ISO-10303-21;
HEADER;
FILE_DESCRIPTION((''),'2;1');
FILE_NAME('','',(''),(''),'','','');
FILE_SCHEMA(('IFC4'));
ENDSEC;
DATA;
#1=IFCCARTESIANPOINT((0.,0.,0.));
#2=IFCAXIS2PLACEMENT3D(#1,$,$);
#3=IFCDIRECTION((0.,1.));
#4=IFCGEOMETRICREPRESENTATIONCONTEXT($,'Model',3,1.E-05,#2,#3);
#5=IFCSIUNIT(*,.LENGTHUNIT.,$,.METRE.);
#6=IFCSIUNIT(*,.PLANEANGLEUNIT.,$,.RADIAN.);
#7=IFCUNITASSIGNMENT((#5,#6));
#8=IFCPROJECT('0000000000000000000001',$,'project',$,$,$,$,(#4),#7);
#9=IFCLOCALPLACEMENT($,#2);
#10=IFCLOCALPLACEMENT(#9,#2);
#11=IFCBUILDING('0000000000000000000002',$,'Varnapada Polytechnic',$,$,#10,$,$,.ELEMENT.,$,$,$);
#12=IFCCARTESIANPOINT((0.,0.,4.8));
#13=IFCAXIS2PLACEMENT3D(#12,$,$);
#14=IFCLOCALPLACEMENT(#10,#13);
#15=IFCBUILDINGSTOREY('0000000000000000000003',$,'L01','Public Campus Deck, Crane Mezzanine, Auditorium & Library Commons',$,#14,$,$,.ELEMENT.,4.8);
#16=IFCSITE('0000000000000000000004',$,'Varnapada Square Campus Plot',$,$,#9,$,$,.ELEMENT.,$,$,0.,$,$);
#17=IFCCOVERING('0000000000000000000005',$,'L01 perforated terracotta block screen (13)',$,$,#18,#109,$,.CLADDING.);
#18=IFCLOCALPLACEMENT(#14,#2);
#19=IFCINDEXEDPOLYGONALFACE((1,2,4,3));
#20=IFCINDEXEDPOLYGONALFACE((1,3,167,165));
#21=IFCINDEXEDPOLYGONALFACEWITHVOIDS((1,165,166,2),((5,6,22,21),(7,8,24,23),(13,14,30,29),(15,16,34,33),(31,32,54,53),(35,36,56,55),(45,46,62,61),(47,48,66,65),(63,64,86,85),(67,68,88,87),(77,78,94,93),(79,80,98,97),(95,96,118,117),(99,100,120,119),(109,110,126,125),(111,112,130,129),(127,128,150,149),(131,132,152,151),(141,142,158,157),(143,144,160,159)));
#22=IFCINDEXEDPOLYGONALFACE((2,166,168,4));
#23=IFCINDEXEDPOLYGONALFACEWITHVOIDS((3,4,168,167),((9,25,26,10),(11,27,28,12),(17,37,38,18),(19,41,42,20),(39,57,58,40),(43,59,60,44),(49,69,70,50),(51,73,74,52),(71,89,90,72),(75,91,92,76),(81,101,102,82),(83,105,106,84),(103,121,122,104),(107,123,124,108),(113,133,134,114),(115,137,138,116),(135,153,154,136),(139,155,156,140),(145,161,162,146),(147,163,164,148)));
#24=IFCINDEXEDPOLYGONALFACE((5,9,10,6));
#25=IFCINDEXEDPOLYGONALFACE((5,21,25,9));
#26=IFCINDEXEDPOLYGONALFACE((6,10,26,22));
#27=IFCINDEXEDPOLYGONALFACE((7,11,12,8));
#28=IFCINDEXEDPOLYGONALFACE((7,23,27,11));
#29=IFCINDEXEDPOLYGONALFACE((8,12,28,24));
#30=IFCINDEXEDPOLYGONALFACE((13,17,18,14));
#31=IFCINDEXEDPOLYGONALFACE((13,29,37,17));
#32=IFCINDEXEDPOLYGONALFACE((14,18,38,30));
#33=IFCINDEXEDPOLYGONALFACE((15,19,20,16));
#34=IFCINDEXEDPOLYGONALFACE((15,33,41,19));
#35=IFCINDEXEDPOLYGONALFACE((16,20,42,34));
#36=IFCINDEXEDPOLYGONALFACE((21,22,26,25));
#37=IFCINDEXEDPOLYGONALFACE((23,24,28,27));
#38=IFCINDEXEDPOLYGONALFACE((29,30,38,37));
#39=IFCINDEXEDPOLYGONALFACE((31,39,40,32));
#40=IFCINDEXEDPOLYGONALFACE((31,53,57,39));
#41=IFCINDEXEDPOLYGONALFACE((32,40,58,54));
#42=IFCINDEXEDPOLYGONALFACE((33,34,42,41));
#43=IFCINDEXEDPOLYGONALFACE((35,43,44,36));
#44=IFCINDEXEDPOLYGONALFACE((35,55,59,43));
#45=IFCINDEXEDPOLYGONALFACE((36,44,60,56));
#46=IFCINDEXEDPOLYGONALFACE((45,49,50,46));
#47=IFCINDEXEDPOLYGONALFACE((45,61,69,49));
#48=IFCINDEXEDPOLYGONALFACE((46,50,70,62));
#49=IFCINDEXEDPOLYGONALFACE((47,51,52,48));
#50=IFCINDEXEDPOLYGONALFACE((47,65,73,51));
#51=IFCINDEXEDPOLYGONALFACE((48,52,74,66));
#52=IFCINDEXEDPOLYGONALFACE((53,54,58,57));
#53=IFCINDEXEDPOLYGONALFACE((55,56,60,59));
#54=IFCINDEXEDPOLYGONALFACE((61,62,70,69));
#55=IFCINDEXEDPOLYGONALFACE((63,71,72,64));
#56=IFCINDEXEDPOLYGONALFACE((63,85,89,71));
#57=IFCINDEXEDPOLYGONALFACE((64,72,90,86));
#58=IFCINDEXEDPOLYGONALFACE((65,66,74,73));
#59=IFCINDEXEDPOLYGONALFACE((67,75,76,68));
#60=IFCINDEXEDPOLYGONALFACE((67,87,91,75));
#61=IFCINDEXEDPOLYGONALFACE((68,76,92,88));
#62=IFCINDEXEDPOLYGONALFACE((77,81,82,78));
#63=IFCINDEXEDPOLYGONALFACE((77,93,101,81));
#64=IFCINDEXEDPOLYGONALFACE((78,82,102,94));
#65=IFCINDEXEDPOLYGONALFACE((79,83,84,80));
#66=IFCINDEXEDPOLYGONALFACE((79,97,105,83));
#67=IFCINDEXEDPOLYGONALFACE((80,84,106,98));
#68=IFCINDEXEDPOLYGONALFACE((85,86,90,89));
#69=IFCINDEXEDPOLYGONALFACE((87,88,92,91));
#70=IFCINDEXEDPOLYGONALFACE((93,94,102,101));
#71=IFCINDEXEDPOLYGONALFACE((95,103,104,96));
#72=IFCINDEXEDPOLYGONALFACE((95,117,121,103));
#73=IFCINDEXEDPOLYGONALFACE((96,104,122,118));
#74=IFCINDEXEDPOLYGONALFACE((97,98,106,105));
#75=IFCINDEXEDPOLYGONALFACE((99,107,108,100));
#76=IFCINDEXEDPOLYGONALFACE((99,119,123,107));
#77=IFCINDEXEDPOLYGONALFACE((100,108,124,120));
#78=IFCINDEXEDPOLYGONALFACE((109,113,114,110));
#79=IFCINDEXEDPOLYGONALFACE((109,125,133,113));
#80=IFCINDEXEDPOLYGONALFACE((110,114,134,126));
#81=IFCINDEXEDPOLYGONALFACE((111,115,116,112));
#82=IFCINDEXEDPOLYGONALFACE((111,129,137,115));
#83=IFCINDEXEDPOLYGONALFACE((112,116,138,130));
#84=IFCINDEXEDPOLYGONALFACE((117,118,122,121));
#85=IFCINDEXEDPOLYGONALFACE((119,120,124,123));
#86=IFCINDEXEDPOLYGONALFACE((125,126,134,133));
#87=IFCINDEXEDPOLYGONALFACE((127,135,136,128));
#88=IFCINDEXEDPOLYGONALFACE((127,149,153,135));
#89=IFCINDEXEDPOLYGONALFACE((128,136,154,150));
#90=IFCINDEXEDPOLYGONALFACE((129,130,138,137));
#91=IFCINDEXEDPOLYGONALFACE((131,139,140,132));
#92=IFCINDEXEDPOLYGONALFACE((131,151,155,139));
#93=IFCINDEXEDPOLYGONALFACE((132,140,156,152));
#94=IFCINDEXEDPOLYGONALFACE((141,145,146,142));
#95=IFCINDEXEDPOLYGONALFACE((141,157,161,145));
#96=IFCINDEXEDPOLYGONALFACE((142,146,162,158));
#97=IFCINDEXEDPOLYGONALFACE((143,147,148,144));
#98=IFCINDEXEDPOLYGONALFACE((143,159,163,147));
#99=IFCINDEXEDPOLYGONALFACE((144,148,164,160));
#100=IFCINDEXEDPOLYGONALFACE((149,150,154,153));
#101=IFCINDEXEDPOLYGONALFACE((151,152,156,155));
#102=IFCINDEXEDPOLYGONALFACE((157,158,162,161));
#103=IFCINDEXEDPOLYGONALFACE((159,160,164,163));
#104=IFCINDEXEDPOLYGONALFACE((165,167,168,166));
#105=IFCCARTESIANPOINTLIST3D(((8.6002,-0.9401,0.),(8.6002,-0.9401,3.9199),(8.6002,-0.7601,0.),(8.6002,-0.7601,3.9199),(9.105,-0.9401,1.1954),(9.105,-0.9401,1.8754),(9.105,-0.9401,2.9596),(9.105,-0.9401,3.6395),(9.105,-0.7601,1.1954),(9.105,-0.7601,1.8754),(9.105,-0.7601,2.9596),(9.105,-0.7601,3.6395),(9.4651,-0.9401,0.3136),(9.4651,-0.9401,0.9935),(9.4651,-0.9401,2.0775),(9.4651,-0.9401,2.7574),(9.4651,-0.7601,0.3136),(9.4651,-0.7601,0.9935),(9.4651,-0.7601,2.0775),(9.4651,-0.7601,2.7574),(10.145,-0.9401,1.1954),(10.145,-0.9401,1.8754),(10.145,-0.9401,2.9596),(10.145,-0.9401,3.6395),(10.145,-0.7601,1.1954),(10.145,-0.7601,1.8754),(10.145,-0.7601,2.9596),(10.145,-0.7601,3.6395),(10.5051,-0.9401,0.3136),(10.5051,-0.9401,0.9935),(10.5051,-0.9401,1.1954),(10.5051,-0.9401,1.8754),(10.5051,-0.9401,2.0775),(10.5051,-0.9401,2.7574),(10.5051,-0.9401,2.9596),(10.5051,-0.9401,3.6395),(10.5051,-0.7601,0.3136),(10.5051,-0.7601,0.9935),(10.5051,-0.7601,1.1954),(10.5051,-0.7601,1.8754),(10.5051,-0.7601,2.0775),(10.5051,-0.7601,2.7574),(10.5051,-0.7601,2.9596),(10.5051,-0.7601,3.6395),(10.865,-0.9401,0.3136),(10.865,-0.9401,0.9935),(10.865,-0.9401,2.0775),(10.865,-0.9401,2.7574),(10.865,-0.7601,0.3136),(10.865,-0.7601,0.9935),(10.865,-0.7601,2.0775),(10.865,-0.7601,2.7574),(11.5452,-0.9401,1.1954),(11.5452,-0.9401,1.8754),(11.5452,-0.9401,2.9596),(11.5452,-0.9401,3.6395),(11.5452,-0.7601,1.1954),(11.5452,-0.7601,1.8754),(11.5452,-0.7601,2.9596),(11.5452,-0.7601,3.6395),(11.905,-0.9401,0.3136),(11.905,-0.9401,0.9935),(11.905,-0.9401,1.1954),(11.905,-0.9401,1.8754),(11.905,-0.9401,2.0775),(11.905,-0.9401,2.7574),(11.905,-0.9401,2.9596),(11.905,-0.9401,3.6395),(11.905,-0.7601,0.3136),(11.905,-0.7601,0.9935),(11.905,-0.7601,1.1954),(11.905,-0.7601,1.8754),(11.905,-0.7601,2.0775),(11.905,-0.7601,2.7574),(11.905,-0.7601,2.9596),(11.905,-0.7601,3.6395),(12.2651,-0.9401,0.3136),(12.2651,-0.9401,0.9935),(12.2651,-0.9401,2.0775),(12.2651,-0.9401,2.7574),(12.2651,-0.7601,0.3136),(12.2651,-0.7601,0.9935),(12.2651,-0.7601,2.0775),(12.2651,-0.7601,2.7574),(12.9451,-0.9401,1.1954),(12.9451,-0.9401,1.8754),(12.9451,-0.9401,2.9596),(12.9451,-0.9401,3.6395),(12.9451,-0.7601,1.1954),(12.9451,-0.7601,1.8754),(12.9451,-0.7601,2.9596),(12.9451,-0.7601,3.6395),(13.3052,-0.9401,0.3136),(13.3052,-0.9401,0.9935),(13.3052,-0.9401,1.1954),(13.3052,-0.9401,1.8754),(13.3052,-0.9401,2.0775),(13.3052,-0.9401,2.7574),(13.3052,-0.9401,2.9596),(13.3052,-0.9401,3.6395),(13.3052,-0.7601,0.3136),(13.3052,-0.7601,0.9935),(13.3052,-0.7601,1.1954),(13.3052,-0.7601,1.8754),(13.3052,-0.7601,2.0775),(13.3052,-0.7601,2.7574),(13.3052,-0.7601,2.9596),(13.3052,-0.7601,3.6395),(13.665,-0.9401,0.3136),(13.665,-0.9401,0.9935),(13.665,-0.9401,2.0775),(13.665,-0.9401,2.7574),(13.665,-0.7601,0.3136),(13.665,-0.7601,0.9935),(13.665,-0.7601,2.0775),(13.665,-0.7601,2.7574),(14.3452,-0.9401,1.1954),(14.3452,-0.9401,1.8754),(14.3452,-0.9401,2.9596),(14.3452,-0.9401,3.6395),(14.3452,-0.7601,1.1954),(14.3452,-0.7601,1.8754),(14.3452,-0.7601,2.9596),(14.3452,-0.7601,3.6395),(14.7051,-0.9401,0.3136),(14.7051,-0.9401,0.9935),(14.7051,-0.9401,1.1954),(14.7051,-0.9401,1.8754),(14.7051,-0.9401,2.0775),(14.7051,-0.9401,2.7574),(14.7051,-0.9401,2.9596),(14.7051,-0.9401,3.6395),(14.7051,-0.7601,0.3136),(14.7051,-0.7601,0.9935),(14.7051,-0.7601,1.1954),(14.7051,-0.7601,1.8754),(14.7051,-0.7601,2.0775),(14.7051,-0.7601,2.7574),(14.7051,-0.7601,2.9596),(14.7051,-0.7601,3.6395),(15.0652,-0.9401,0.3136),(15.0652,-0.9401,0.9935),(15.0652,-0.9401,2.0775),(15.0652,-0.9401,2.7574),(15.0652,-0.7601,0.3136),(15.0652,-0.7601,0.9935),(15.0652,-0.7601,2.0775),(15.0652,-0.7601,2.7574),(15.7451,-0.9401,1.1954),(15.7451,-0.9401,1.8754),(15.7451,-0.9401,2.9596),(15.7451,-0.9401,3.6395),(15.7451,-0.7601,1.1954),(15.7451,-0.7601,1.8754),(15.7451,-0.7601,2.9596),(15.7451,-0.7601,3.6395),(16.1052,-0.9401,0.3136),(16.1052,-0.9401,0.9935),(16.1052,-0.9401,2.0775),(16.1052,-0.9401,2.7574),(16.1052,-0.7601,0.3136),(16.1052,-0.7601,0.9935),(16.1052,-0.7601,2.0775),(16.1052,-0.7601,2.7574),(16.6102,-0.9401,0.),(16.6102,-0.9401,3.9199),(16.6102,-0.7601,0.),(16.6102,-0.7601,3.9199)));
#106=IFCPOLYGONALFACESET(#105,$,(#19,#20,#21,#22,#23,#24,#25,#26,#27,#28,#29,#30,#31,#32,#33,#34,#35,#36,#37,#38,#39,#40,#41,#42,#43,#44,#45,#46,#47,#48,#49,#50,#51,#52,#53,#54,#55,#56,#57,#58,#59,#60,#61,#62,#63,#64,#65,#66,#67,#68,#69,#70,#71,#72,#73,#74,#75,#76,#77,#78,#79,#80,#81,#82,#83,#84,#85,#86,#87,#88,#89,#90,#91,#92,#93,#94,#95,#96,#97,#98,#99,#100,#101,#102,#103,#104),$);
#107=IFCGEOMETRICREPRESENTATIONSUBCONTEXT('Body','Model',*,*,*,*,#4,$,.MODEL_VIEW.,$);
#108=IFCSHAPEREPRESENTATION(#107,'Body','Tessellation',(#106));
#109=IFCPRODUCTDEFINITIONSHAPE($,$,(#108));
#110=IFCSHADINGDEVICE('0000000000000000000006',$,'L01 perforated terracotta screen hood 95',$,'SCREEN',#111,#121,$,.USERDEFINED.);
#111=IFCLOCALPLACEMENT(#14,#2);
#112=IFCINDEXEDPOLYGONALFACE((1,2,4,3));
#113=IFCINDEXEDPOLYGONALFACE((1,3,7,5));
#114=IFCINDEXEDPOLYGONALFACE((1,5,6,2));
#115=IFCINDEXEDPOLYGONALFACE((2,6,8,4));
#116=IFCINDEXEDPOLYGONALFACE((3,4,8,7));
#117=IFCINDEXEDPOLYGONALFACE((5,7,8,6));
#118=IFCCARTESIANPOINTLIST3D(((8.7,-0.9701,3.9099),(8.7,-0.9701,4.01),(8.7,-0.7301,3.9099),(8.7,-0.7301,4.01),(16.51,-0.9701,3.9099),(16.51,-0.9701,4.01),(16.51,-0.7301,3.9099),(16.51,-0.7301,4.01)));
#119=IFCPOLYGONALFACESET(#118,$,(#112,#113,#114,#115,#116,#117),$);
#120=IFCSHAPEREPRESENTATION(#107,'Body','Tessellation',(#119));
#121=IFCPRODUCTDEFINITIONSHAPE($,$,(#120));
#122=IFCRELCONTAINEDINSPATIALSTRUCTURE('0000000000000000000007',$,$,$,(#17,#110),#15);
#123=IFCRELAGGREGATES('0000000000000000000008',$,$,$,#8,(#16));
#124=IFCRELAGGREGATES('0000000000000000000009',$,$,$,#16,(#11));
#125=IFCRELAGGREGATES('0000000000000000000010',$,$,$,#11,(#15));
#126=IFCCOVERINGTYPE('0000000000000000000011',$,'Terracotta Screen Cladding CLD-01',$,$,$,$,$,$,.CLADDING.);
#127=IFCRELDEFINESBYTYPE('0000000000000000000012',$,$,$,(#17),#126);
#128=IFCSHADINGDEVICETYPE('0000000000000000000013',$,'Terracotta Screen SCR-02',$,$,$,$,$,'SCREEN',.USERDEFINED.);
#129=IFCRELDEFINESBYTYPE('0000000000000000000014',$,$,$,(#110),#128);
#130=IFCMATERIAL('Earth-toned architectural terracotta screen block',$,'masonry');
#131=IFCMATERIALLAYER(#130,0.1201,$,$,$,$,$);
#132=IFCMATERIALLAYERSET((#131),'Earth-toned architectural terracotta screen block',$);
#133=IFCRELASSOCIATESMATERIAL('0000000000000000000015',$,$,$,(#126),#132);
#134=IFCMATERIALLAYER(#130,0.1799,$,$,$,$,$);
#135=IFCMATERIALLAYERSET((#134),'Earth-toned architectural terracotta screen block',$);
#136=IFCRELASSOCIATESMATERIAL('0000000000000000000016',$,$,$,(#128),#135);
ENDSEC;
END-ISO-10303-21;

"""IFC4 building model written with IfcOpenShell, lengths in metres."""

from ifc_helpers import new_model, si_unit, direction, frame, frame_2d, origin, origin_2d, place, context, subcontext, project, spatial, rectangle, extrude, material, layer, layer_set, type_object, element, save


model = new_model("IFC4")

# Units and contexts
model_context = context("Model", 3, precision=1e-05, world=origin(), true_north=direction((0.0, 1.0)))
body_context = subcontext(model_context, "Body", "Model", "MODEL_VIEW")
ifc_project = project(units=[si_unit("LENGTHUNIT", "METRE"), si_unit("PLANEANGLEUNIT", "RADIAN")], contexts=[model_context])

# Site, building, storey
site_placement = place(None, origin())
site = spatial("IfcSite", under=ifc_project, at=site_placement, Name="Varnapada Square Campus Plot", CompositionType="ELEMENT", RefElevation=0.0)
building_placement = place(site_placement, origin())
building = spatial("IfcBuilding", under=site, at=building_placement, Name="Varnapada Polytechnic", CompositionType="ELEMENT")
storey_placement = place(building_placement, frame((0.0, 0.0, 4.8)))
storey = spatial("IfcBuildingStorey", under=building, at=storey_placement, Name="L01", Description="Public Campus Deck, Crane Mezzanine, Auditorium & Library Commons", CompositionType="ELEMENT", Elevation=4.8)

# Covering, openings
ifc_material_1 = material(Name="Earth-toned architectural terracotta screen block", Category="masonry")
ifc_layer_1 = layer(ifc_material_1, 0.1201)
ifc_layer_set_1 = layer_set([ifc_layer_1], Name="Earth-toned architectural terracotta screen block")
covering_type = type_object("IfcCoveringType", Name="Terracotta Screen Cladding CLD-01", PredefinedType="CLADDING", material=ifc_layer_set_1)
covering_placement = place(storey_placement, frame((16.6101, -0.8501, 0.0), z_axis=(0.0, 0.0, 1.0), x_axis=(-1.0, 0.0, 0.0)))
covering = element("IfcCovering", 1, at=covering_placement, inside=storey, type_object=covering_type, Name="L01 perforated terracotta block screen (13)", PredefinedType="CLADDING", context=body_context, shape_type="SweptSolid", body=[
    extrude(rectangle(XDim=8.01, YDim=0.1799, at=frame_2d((4.0049, 0.0))), origin(), (0.0, 0.0, 1.0), 3.9199),
])
opening_1_placement = place(covering_placement, frame((0.5049, 0.0, 0.3137)))
element("IfcOpeningElement", 2, at=opening_1_placement, cuts=covering, PredefinedType="OPENING", context=body_context, shape_type="SweptSolid", body=[
    extrude(rectangle(XDim=1.04, YDim=0.6799, at=frame_2d((0.52, 0.3398))), frame((0.0, 0.0999, 0.0), z_axis=(0.0, -1.0, 0.0), x_axis=(1.0, 0.0, 0.0)), (0.0, 0.0, 1.0), 0.2),
])
opening_2_placement = place(covering_placement, frame((1.905, 0.0, 0.3137)))
element("IfcOpeningElement", 3, at=opening_2_placement, cuts=covering, PredefinedType="OPENING", context=body_context, shape_type="SweptSolid", body=[
    extrude(rectangle(XDim=1.04, YDim=0.6799, at=frame_2d((0.52, 0.3398))), frame((0.0, 0.0999, 0.0), z_axis=(0.0, -1.0, 0.0), x_axis=(1.0, 0.0, 0.0)), (0.0, 0.0, 1.0), 0.2),
])
opening_3_placement = place(covering_placement, frame((3.3049, 0.0, 0.3137)))
element("IfcOpeningElement", 4, at=opening_3_placement, cuts=covering, PredefinedType="OPENING", context=body_context, shape_type="SweptSolid", body=[
    extrude(rectangle(XDim=1.04, YDim=0.6799, at=frame_2d((0.52, 0.3398))), frame((0.0, 0.0999, 0.0), z_axis=(0.0, -1.0, 0.0), x_axis=(1.0, 0.0, 0.0)), (0.0, 0.0, 1.0), 0.2),
])
opening_4_placement = place(covering_placement, frame((4.7051, 0.0, 0.3137)))
element("IfcOpeningElement", 5, at=opening_4_placement, cuts=covering, PredefinedType="OPENING", context=body_context, shape_type="SweptSolid", body=[
    extrude(rectangle(XDim=1.04, YDim=0.6799, at=frame_2d((0.52, 0.3398))), frame((0.0, 0.0999, 0.0), z_axis=(0.0, -1.0, 0.0), x_axis=(1.0, 0.0, 0.0)), (0.0, 0.0, 1.0), 0.2),
])
opening_5_placement = place(covering_placement, frame((6.105, 0.0, 0.3137)))
element("IfcOpeningElement", 6, at=opening_5_placement, cuts=covering, PredefinedType="OPENING", context=body_context, shape_type="SweptSolid", body=[
    extrude(rectangle(XDim=1.04, YDim=0.6799, at=frame_2d((0.52, 0.3398))), frame((0.0, 0.0999, 0.0), z_axis=(0.0, -1.0, 0.0), x_axis=(1.0, 0.0, 0.0)), (0.0, 0.0, 1.0), 0.2),
])
opening_6_placement = place(covering_placement, frame((0.865, 0.0, 1.1956)))
element("IfcOpeningElement", 7, at=opening_6_placement, cuts=covering, PredefinedType="OPENING", context=body_context, shape_type="SweptSolid", body=[
    extrude(rectangle(XDim=1.04, YDim=0.6799, at=frame_2d((0.52, 0.3398))), frame((0.0, 0.0999, 0.0), z_axis=(0.0, -1.0, 0.0), x_axis=(1.0, 0.0, 0.0)), (0.0, 0.0, 1.0), 0.2),
])
opening_7_placement = place(covering_placement, frame((2.2649, 0.0, 1.1956)))
element("IfcOpeningElement", 8, at=opening_7_placement, cuts=covering, PredefinedType="OPENING", context=body_context, shape_type="SweptSolid", body=[
    extrude(rectangle(XDim=1.04, YDim=0.6799, at=frame_2d((0.52, 0.3398))), frame((0.0, 0.0999, 0.0), z_axis=(0.0, -1.0, 0.0), x_axis=(1.0, 0.0, 0.0)), (0.0, 0.0, 1.0), 0.2),
])
opening_8_placement = place(covering_placement, frame((3.665, 0.0, 1.1956)))
element("IfcOpeningElement", 9, at=opening_8_placement, cuts=covering, PredefinedType="OPENING", context=body_context, shape_type="SweptSolid", body=[
    extrude(rectangle(XDim=1.04, YDim=0.6799, at=frame_2d((0.52, 0.3398))), frame((0.0, 0.0999, 0.0), z_axis=(0.0, -1.0, 0.0), x_axis=(1.0, 0.0, 0.0)), (0.0, 0.0, 1.0), 0.2),
])
opening_9_placement = place(covering_placement, frame((5.0649, 0.0, 1.1956)))
element("IfcOpeningElement", 10, at=opening_9_placement, cuts=covering, PredefinedType="OPENING", context=body_context, shape_type="SweptSolid", body=[
    extrude(rectangle(XDim=1.04, YDim=0.6799, at=frame_2d((0.52, 0.3398))), frame((0.0, 0.0999, 0.0), z_axis=(0.0, -1.0, 0.0), x_axis=(1.0, 0.0, 0.0)), (0.0, 0.0, 1.0), 0.2),
])
opening_10_placement = place(covering_placement, frame((6.4651, 0.0, 1.1956)))
element("IfcOpeningElement", 11, at=opening_10_placement, cuts=covering, PredefinedType="OPENING", context=body_context, shape_type="SweptSolid", body=[
    extrude(rectangle(XDim=1.04, YDim=0.6799, at=frame_2d((0.52, 0.3398))), frame((0.0, 0.0999, 0.0), z_axis=(0.0, -1.0, 0.0), x_axis=(1.0, 0.0, 0.0)), (0.0, 0.0, 1.0), 0.2),
])
opening_11_placement = place(covering_placement, frame((0.5049, 0.0, 2.0776)))
element("IfcOpeningElement", 12, at=opening_11_placement, cuts=covering, PredefinedType="OPENING", context=body_context, shape_type="SweptSolid", body=[
    extrude(rectangle(XDim=1.04, YDim=0.6799, at=frame_2d((0.52, 0.3398))), frame((0.0, 0.0999, 0.0), z_axis=(0.0, -1.0, 0.0), x_axis=(1.0, 0.0, 0.0)), (0.0, 0.0, 1.0), 0.2),
])
opening_12_placement = place(covering_placement, frame((1.905, 0.0, 2.0776)))
element("IfcOpeningElement", 13, at=opening_12_placement, cuts=covering, PredefinedType="OPENING", context=body_context, shape_type="SweptSolid", body=[
    extrude(rectangle(XDim=1.04, YDim=0.6799, at=frame_2d((0.52, 0.3398))), frame((0.0, 0.0999, 0.0), z_axis=(0.0, -1.0, 0.0), x_axis=(1.0, 0.0, 0.0)), (0.0, 0.0, 1.0), 0.2),
])
opening_13_placement = place(covering_placement, frame((3.3049, 0.0, 2.0776)))
element("IfcOpeningElement", 14, at=opening_13_placement, cuts=covering, PredefinedType="OPENING", context=body_context, shape_type="SweptSolid", body=[
    extrude(rectangle(XDim=1.04, YDim=0.6799, at=frame_2d((0.52, 0.3398))), frame((0.0, 0.0999, 0.0), z_axis=(0.0, -1.0, 0.0), x_axis=(1.0, 0.0, 0.0)), (0.0, 0.0, 1.0), 0.2),
])
opening_14_placement = place(covering_placement, frame((4.7051, 0.0, 2.0776)))
element("IfcOpeningElement", 15, at=opening_14_placement, cuts=covering, PredefinedType="OPENING", context=body_context, shape_type="SweptSolid", body=[
    extrude(rectangle(XDim=1.04, YDim=0.6799, at=frame_2d((0.52, 0.3398))), frame((0.0, 0.0999, 0.0), z_axis=(0.0, -1.0, 0.0), x_axis=(1.0, 0.0, 0.0)), (0.0, 0.0, 1.0), 0.2),
])
opening_15_placement = place(covering_placement, frame((6.105, 0.0, 2.0776)))
element("IfcOpeningElement", 16, at=opening_15_placement, cuts=covering, PredefinedType="OPENING", context=body_context, shape_type="SweptSolid", body=[
    extrude(rectangle(XDim=1.04, YDim=0.6799, at=frame_2d((0.52, 0.3398))), frame((0.0, 0.0999, 0.0), z_axis=(0.0, -1.0, 0.0), x_axis=(1.0, 0.0, 0.0)), (0.0, 0.0, 1.0), 0.2),
])
opening_16_placement = place(covering_placement, frame((0.865, 0.0, 2.9597)))
element("IfcOpeningElement", 17, at=opening_16_placement, cuts=covering, PredefinedType="OPENING", context=body_context, shape_type="SweptSolid", body=[
    extrude(rectangle(XDim=1.04, YDim=0.6799, at=frame_2d((0.52, 0.3398))), frame((0.0, 0.0999, 0.0), z_axis=(0.0, -1.0, 0.0), x_axis=(1.0, 0.0, 0.0)), (0.0, 0.0, 1.0), 0.2),
])
opening_17_placement = place(covering_placement, frame((2.2649, 0.0, 2.9597)))
element("IfcOpeningElement", 18, at=opening_17_placement, cuts=covering, PredefinedType="OPENING", context=body_context, shape_type="SweptSolid", body=[
    extrude(rectangle(XDim=1.04, YDim=0.6799, at=frame_2d((0.52, 0.3398))), frame((0.0, 0.0999, 0.0), z_axis=(0.0, -1.0, 0.0), x_axis=(1.0, 0.0, 0.0)), (0.0, 0.0, 1.0), 0.2),
])
opening_18_placement = place(covering_placement, frame((3.665, 0.0, 2.9597)))
element("IfcOpeningElement", 19, at=opening_18_placement, cuts=covering, PredefinedType="OPENING", context=body_context, shape_type="SweptSolid", body=[
    extrude(rectangle(XDim=1.04, YDim=0.6799, at=frame_2d((0.52, 0.3398))), frame((0.0, 0.0999, 0.0), z_axis=(0.0, -1.0, 0.0), x_axis=(1.0, 0.0, 0.0)), (0.0, 0.0, 1.0), 0.2),
])
opening_19_placement = place(covering_placement, frame((5.0649, 0.0, 2.9597)))
element("IfcOpeningElement", 20, at=opening_19_placement, cuts=covering, PredefinedType="OPENING", context=body_context, shape_type="SweptSolid", body=[
    extrude(rectangle(XDim=1.04, YDim=0.6799, at=frame_2d((0.52, 0.3398))), frame((0.0, 0.0999, 0.0), z_axis=(0.0, -1.0, 0.0), x_axis=(1.0, 0.0, 0.0)), (0.0, 0.0, 1.0), 0.2),
])
opening_20_placement = place(covering_placement, frame((6.4651, 0.0, 2.9597)))
element("IfcOpeningElement", 21, at=opening_20_placement, cuts=covering, PredefinedType="OPENING", context=body_context, shape_type="SweptSolid", body=[
    extrude(rectangle(XDim=1.04, YDim=0.6799, at=frame_2d((0.52, 0.3398))), frame((0.0, 0.0999, 0.0), z_axis=(0.0, -1.0, 0.0), x_axis=(1.0, 0.0, 0.0)), (0.0, 0.0, 1.0), 0.2),
])

# Shading device
ifc_layer_2 = layer(ifc_material_1, 0.1799)
ifc_layer_set_2 = layer_set([ifc_layer_2], Name="Earth-toned architectural terracotta screen block")
shading_device_type_1 = type_object("IfcShadingDeviceType", Name="Terracotta Screen SCR-02", ElementType="SCREEN", PredefinedType="USERDEFINED", material=ifc_layer_set_2)
shading_device_1_placement = place(storey_placement, frame((12.605, -0.8501, 3.9099), z_axis=(0.0, 0.0, 1.0), x_axis=(-1.0, 0.0, 0.0)))
element("IfcShadingDevice", 22, at=shading_device_1_placement, inside=storey, type_object=shading_device_type_1, Name="L01 perforated terracotta screen hood 95", ObjectType="SCREEN", PredefinedType="USERDEFINED", context=body_context, shape_type="SweptSolid", body=[
    extrude(rectangle(XDim=7.8101, YDim=0.24, at=origin_2d()), origin(), (0.0, 0.0, 1.0), 0.1001),
])

save(model, "model.ifc")
